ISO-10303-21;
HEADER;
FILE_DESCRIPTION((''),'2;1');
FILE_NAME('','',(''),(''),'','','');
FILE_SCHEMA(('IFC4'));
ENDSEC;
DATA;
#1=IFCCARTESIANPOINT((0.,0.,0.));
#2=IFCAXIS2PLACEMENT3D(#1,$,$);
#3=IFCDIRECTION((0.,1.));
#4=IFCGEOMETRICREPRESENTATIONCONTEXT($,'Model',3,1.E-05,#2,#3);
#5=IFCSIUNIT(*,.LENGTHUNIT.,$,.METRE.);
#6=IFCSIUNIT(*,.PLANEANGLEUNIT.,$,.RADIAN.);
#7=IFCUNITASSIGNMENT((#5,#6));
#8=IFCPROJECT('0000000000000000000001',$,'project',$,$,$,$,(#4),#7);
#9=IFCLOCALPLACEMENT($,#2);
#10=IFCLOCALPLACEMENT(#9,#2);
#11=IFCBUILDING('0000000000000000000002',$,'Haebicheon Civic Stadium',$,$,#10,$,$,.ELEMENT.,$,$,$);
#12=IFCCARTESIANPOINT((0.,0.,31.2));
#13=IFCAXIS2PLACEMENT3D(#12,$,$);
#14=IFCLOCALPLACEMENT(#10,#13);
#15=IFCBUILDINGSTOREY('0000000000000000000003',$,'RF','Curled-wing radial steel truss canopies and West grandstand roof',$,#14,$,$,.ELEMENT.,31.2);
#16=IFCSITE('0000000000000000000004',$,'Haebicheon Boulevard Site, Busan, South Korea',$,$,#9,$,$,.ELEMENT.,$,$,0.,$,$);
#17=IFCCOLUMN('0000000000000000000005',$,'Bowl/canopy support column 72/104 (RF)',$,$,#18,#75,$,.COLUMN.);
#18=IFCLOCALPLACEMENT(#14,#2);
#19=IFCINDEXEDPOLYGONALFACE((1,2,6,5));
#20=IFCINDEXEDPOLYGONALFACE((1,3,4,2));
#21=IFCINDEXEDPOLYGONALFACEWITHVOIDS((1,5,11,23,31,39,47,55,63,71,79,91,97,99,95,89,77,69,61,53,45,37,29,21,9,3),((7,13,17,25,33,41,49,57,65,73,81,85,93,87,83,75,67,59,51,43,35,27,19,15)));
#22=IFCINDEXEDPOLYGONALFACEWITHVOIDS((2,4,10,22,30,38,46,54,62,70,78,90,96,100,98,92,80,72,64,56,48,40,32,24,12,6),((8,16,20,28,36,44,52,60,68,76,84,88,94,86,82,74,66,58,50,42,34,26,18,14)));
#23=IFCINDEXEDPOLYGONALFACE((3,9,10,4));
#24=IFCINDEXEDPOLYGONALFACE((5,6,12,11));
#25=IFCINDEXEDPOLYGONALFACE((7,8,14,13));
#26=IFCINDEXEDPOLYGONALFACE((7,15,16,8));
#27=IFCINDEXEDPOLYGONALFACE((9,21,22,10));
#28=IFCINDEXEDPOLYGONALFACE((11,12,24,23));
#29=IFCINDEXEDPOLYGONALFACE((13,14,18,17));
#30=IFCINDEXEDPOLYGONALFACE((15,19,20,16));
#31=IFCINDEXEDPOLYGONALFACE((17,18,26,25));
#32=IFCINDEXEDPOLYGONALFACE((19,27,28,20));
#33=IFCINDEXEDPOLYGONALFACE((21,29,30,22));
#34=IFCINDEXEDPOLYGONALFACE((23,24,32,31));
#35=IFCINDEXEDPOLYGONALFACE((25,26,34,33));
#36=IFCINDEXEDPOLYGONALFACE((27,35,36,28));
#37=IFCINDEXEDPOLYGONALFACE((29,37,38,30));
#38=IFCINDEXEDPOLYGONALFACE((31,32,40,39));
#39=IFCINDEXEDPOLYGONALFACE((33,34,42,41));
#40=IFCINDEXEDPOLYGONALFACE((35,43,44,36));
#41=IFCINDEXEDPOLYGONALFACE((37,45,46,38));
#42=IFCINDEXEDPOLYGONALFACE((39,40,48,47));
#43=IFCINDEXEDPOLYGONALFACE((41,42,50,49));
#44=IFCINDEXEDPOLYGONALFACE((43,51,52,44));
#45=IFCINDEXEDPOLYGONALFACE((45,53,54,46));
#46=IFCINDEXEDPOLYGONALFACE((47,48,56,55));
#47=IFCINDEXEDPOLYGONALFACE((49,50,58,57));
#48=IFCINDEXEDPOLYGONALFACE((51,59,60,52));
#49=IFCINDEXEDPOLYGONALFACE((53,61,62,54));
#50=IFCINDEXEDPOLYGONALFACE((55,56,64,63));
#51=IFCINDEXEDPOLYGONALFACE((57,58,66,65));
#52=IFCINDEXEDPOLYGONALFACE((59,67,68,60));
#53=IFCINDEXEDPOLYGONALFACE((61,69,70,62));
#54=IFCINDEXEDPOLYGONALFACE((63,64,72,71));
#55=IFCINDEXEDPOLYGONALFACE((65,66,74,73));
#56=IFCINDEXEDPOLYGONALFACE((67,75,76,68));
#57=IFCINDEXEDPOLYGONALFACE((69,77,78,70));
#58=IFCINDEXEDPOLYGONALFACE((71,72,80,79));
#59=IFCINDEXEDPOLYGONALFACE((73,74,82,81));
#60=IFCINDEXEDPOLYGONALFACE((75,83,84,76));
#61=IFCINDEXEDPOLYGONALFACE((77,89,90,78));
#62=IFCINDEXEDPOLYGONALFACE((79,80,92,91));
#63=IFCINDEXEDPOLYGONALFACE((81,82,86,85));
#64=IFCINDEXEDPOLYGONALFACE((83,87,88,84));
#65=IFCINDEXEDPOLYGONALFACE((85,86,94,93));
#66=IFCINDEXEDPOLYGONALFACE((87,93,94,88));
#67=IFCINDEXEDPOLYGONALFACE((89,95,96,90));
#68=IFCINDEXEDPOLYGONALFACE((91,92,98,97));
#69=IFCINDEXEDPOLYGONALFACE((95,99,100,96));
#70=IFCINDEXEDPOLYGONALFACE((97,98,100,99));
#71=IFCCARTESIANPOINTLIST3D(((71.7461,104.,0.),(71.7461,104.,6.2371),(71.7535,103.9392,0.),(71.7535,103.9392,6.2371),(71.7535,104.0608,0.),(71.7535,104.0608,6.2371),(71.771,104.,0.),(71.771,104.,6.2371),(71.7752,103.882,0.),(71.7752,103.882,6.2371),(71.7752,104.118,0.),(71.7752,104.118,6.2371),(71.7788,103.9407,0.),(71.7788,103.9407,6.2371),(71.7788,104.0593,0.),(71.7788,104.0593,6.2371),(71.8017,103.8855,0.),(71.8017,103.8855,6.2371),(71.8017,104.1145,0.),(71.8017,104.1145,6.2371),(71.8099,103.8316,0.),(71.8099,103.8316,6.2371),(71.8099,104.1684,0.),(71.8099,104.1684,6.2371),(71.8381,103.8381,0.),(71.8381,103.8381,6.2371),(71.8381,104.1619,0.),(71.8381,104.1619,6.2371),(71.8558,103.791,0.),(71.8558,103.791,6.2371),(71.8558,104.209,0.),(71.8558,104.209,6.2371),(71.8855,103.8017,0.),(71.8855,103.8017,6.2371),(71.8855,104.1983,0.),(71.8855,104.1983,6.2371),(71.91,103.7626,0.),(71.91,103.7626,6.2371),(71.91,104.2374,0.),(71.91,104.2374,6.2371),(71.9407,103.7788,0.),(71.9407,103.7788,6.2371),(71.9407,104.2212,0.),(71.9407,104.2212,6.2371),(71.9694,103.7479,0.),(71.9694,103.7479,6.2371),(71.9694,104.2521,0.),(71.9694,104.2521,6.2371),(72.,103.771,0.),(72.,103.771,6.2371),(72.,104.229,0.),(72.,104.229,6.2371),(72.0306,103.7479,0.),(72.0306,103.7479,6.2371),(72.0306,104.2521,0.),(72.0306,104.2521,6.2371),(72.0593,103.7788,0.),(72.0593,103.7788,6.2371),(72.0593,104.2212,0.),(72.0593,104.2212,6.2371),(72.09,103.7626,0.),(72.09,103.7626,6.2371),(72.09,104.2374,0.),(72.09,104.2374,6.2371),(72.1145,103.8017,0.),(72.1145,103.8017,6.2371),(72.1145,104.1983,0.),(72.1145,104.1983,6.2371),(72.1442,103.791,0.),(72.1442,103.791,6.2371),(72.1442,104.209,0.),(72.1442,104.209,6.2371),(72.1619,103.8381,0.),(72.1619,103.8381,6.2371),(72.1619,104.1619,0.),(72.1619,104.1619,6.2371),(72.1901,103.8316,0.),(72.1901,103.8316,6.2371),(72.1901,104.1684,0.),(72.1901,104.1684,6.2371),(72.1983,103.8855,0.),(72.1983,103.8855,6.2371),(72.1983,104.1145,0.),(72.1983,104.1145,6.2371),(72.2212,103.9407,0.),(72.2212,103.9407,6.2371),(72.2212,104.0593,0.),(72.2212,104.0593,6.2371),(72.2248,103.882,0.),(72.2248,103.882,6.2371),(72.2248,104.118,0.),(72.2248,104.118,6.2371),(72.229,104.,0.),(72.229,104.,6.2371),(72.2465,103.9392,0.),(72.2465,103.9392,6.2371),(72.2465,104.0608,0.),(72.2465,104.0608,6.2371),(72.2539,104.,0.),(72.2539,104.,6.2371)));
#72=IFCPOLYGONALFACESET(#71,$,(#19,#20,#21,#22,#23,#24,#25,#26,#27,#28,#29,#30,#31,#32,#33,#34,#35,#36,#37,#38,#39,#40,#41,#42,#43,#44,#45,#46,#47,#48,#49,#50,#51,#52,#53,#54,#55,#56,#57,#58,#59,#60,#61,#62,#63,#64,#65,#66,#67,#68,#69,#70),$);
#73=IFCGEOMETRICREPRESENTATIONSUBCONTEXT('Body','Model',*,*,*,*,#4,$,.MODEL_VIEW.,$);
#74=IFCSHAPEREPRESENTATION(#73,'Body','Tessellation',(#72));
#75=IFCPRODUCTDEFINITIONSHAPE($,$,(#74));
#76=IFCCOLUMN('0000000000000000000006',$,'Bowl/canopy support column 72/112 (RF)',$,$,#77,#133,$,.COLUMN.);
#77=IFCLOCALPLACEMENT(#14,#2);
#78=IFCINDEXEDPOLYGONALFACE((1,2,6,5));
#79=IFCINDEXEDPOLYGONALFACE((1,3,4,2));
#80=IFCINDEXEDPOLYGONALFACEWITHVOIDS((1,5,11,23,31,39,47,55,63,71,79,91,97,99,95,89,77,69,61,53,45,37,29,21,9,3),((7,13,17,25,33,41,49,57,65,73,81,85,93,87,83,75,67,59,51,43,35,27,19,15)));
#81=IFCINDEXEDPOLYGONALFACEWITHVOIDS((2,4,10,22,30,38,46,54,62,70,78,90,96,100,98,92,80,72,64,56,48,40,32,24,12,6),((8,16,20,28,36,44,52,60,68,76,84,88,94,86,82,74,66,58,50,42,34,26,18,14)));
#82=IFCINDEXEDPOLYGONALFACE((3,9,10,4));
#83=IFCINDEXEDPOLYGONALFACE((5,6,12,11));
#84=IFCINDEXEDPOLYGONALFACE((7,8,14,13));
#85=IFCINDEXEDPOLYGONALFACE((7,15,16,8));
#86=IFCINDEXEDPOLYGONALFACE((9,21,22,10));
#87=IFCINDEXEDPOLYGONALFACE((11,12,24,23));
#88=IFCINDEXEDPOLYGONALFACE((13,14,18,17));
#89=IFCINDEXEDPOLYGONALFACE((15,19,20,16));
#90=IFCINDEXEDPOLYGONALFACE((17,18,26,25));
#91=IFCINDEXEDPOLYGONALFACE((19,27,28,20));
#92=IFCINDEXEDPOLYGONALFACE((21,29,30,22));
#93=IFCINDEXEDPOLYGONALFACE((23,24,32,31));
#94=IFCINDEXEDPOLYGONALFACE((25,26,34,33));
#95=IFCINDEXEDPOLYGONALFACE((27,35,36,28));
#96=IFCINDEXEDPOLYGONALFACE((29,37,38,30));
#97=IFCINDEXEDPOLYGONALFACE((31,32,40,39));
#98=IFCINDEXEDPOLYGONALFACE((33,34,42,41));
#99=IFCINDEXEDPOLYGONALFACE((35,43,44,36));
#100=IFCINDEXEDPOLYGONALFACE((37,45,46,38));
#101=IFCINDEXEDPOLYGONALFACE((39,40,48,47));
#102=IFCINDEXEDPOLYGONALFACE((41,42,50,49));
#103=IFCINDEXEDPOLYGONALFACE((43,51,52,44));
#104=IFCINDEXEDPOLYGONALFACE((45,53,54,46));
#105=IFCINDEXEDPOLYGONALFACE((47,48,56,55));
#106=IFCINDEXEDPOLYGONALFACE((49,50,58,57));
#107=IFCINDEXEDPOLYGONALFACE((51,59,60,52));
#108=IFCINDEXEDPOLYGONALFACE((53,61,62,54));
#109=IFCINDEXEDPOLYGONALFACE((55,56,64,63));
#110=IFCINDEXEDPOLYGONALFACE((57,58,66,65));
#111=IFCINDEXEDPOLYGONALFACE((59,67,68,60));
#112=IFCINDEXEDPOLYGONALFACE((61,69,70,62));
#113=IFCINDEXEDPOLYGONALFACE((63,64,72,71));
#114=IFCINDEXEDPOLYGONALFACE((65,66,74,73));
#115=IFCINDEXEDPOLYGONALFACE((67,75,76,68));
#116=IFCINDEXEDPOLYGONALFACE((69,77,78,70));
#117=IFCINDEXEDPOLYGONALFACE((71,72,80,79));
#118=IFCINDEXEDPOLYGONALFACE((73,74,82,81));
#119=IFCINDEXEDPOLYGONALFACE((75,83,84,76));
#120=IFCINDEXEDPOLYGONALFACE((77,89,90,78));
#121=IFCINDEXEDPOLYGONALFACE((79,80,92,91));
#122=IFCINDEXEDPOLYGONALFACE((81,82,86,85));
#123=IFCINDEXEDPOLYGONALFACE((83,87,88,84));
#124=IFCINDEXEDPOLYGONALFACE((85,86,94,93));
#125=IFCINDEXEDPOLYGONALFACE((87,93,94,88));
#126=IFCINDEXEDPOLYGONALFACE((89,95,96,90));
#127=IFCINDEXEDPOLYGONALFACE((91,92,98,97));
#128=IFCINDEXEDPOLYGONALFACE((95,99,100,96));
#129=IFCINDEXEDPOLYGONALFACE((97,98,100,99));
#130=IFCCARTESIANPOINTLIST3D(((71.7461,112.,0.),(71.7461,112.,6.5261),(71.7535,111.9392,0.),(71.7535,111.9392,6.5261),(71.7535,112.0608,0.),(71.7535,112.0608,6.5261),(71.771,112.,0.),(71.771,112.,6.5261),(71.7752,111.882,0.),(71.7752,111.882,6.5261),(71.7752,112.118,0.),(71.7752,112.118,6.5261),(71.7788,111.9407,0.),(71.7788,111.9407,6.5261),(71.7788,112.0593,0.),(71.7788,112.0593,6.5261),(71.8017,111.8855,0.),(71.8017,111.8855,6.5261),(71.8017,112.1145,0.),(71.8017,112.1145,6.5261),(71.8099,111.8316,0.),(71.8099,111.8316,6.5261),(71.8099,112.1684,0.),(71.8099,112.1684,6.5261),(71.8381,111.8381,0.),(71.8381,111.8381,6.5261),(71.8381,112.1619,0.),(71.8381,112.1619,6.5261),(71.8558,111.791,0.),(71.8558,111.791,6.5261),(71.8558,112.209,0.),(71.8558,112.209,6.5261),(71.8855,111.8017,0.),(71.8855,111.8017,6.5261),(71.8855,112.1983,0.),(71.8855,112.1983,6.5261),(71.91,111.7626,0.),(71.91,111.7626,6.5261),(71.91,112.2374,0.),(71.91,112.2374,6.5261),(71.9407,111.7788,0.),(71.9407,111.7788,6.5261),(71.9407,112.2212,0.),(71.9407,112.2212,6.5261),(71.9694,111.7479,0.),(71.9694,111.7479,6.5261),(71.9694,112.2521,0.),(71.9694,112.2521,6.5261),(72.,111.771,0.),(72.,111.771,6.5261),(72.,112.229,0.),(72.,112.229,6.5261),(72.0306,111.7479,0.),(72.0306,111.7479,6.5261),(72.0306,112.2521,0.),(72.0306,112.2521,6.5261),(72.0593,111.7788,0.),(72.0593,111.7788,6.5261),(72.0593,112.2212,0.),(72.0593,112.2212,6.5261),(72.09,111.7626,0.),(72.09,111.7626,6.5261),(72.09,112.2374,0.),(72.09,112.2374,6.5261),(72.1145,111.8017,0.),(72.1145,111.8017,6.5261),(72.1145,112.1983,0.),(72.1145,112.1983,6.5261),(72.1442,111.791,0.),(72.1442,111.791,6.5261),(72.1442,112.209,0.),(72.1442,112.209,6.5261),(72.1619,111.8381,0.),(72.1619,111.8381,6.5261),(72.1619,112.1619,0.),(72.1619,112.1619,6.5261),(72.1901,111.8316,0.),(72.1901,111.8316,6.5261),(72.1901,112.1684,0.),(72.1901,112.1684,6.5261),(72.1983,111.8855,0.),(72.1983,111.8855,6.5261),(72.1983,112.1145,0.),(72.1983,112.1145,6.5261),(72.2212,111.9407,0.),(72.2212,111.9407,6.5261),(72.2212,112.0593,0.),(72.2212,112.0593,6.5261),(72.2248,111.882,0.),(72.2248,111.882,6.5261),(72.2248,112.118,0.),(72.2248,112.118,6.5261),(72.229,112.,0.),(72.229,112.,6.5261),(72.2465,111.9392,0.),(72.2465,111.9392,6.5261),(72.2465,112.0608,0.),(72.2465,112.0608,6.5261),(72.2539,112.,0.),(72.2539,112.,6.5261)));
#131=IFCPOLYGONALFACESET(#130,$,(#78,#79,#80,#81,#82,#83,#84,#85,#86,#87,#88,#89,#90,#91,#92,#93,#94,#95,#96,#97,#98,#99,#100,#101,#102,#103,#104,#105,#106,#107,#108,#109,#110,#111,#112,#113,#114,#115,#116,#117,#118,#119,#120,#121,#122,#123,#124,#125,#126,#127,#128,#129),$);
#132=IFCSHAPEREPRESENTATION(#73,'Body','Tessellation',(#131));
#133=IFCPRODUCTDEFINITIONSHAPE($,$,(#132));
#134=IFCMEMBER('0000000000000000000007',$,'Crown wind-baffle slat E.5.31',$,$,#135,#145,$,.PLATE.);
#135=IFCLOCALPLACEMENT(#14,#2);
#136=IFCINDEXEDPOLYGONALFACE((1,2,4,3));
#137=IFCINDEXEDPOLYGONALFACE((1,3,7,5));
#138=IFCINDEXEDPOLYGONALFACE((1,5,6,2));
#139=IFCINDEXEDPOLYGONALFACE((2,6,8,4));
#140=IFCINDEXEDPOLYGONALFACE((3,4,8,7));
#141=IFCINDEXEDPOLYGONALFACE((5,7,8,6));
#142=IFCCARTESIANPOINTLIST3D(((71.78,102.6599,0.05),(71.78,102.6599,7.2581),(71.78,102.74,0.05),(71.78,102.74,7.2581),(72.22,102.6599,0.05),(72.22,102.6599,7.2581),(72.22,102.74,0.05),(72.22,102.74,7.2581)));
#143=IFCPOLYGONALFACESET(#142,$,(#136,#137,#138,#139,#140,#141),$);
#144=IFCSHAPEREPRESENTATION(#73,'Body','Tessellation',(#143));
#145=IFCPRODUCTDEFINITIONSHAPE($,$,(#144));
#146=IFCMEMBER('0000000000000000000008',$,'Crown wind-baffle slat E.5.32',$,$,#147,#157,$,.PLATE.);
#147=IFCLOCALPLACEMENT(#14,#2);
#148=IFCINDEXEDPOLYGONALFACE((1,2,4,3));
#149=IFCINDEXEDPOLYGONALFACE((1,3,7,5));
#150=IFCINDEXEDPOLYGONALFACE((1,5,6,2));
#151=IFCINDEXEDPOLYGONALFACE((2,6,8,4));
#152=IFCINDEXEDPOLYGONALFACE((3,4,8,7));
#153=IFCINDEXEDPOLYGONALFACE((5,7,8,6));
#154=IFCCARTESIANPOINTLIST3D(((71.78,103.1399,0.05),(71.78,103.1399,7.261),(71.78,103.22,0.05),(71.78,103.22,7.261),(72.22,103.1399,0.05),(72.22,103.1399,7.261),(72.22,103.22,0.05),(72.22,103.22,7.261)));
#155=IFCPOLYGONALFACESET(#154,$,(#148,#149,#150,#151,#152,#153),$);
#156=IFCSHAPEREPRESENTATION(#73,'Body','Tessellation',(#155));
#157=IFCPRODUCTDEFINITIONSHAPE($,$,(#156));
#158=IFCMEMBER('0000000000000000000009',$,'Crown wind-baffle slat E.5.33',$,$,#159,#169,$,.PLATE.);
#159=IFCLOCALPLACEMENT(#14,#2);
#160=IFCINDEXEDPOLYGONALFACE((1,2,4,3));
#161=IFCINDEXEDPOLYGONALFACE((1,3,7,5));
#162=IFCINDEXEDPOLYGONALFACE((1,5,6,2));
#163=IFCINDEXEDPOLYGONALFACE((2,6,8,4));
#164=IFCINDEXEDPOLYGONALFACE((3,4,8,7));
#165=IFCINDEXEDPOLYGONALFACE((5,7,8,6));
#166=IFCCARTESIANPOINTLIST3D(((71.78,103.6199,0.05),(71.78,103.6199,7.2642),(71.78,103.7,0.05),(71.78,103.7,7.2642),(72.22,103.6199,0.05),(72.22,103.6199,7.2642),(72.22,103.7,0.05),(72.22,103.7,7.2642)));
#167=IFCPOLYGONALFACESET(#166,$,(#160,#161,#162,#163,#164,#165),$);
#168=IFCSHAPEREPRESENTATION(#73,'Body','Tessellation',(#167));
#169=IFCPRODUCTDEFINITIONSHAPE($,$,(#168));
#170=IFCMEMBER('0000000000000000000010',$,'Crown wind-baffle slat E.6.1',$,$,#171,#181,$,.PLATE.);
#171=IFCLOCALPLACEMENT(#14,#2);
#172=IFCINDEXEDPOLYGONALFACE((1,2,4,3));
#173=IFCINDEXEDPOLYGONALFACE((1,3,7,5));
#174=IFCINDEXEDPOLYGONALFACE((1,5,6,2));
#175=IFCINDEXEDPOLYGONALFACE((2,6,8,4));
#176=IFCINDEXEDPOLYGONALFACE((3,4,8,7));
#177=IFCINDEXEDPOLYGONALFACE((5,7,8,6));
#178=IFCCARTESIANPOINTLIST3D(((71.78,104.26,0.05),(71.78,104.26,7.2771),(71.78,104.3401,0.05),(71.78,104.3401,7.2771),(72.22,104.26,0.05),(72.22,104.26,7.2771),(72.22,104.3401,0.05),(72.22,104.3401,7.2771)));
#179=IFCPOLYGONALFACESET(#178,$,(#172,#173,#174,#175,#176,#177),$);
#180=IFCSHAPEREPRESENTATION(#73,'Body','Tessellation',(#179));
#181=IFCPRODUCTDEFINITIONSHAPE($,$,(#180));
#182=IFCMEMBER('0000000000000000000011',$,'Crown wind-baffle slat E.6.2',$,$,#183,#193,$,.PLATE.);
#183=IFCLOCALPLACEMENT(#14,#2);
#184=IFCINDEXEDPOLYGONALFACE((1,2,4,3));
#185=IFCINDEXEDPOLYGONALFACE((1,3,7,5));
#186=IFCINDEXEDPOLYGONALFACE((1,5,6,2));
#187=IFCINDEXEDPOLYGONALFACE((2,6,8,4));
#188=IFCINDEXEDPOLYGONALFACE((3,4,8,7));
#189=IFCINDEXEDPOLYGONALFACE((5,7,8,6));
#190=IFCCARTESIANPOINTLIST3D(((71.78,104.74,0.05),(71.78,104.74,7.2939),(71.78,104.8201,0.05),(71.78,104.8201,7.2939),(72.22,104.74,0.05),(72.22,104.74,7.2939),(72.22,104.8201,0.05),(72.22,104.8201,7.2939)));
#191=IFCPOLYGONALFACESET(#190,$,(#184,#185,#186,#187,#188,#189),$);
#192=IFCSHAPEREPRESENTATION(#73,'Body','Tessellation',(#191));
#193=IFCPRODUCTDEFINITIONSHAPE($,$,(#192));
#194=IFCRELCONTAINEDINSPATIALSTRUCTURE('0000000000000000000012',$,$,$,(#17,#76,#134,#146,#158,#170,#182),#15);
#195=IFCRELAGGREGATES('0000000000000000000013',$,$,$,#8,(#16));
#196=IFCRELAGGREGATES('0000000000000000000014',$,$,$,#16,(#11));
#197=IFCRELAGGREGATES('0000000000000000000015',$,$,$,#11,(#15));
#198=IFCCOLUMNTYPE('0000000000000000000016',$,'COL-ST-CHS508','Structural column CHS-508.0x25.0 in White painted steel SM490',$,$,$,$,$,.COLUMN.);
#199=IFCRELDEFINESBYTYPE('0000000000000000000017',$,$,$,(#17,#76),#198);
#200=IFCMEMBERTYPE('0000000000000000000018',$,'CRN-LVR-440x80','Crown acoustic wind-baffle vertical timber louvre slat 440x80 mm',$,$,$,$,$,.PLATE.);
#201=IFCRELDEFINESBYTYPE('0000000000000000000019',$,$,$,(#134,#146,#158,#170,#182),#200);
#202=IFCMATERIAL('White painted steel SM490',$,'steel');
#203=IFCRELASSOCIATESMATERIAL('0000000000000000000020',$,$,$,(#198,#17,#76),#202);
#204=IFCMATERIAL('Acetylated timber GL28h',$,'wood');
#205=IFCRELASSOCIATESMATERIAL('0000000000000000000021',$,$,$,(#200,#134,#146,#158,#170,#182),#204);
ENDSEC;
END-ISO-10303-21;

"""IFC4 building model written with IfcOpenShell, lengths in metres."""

from ifc_helpers import new_model, si_unit, direction, frame, origin, origin_2d, place, context, subcontext, project, spatial, rectangle, hollow_circle, extrude, material, material_profile, profile_set, type_object, element, save


model = new_model("IFC4")

# Units and contexts
model_context = context("Model", 3, precision=1e-05, world=origin(), true_north=direction((0.0, 1.0)))
body_context = subcontext(model_context, "Body", "Model", "MODEL_VIEW")
ifc_project = project(units=[si_unit("LENGTHUNIT", "METRE"), si_unit("PLANEANGLEUNIT", "RADIAN")], contexts=[model_context])

# Site, building, storey
site_placement = place(None, origin())
site = spatial("IfcSite", under=ifc_project, at=site_placement, Name="Haebicheon Boulevard Site, Busan, South Korea", CompositionType="ELEMENT", RefElevation=0.0)
building_placement = place(site_placement, origin())
building = spatial("IfcBuilding", under=site, at=building_placement, Name="Haebicheon Civic Stadium", CompositionType="ELEMENT")
storey_placement = place(building_placement, frame((0.0, 0.0, 31.2)))
storey = spatial("IfcBuildingStorey", under=building, at=storey_placement, Name="RF", Description="Curled-wing radial steel truss canopies and West grandstand roof", CompositionType="ELEMENT", Elevation=31.2)

# Columns
ifc_material_1 = material(Name="White painted steel SM490", Category="steel")
ifc_material_profile_1 = material_profile(ifc_material_1, hollow_circle(Radius=0.2539, WallThickness=0.0249, at=origin_2d()), Name="CHS-508.0x25.0")
ifc_profile_set_1 = profile_set([ifc_material_profile_1], Name="White painted steel SM490")
column_type = type_object("IfcColumnType", Name="COL-ST-CHS508", Description="Structural column CHS-508.0x25.0 in White painted steel SM490", PredefinedType="COLUMN", material=ifc_profile_set_1)
column_1_placement = place(storey_placement, frame((72.0, 104.0, 0.0), z_axis=(0.0, 0.0, 1.0), x_axis=(1.0, 0.0, 0.0)))
element("IfcColumn", 1, at=column_1_placement, inside=storey, type_object=column_type, material=ifc_profile_set_1, Name="Bowl/canopy support column 72/104 (RF)", PredefinedType="COLUMN", context=body_context, shape_type="SweptSolid", body=[
    extrude(hollow_circle(Radius=0.2539, WallThickness=0.0249, at=origin_2d()), origin(), (0.0, 0.0, 1.0), 6.2371),
])
column_2_placement = place(storey_placement, frame((72.0, 112.0, 0.0), z_axis=(0.0, 0.0, 1.0), x_axis=(1.0, 0.0, 0.0)))
element("IfcColumn", 2, at=column_2_placement, inside=storey, type_object=column_type, material=ifc_profile_set_1, Name="Bowl/canopy support column 72/112 (RF)", PredefinedType="COLUMN", context=body_context, shape_type="SweptSolid", body=[
    extrude(hollow_circle(Radius=0.2539, WallThickness=0.0249, at=origin_2d()), origin(), (0.0, 0.0, 1.0), 6.5261),
])

# Members
ifc_material_2 = material(Name="Acetylated timber GL28h", Category="wood")
ifc_material_profile_2 = material_profile(ifc_material_2, rectangle(XDim=0.0801, YDim=0.4399, at=origin_2d()), Name="TMB-LOUV-80x440")
ifc_profile_set_2 = profile_set([ifc_material_profile_2], Name="Acetylated timber GL28h")
member_type_1 = type_object("IfcMemberType", Name="CRN-LVR-440x80", Description="Crown acoustic wind-baffle vertical timber louvre slat 440x80 mm", PredefinedType="PLATE", material=ifc_profile_set_2)
member_1_placement = place(storey_placement, frame((72.0, 102.7, 0.05), z_axis=(0.0, 0.0, 1.0), x_axis=(0.0, 1.0, 0.0)))
element("IfcMember", 3, at=member_1_placement, inside=storey, type_object=member_type_1, material=ifc_profile_set_2, Name="Crown wind-baffle slat E.5.31", PredefinedType="PLATE", context=body_context, shape_type="SweptSolid", body=[
    extrude(rectangle(XDim=0.0801, YDim=0.4399, at=origin_2d()), origin(), (0.0, 0.0, 1.0), 7.208),
])
member_2_placement = place(storey_placement, frame((72.0, 103.1799, 0.05), z_axis=(0.0, 0.0, 1.0), x_axis=(0.0, 1.0, 0.0)))
element("IfcMember", 4, at=member_2_placement, inside=storey, type_object=member_type_1, material=ifc_profile_set_2, Name="Crown wind-baffle slat E.5.32", PredefinedType="PLATE", context=body_context, shape_type="SweptSolid", body=[
    extrude(rectangle(XDim=0.0801, YDim=0.4399, at=origin_2d()), origin(), (0.0, 0.0, 1.0), 7.2109),
])
member_3_placement = place(storey_placement, frame((72.0, 103.6599, 0.05), z_axis=(0.0, 0.0, 1.0), x_axis=(0.0, 1.0, 0.0)))
element("IfcMember", 5, at=member_3_placement, inside=storey, type_object=member_type_1, material=ifc_profile_set_2, Name="Crown wind-baffle slat E.5.33", PredefinedType="PLATE", context=body_context, shape_type="SweptSolid", body=[
    extrude(rectangle(XDim=0.0801, YDim=0.4399, at=origin_2d()), origin(), (0.0, 0.0, 1.0), 7.2141),
])
member_4_placement = place(storey_placement, frame((72.0, 104.3, 0.05), z_axis=(0.0, 0.0, 1.0), x_axis=(0.0, 1.0, 0.0)))
element("IfcMember", 6, at=member_4_placement, inside=storey, type_object=member_type_1, material=ifc_profile_set_2, Name="Crown wind-baffle slat E.6.1", PredefinedType="PLATE", context=body_context, shape_type="SweptSolid", body=[
    extrude(rectangle(XDim=0.0801, YDim=0.4399, at=origin_2d()), origin(), (0.0, 0.0, 1.0), 7.2271),
])
member_5_placement = place(storey_placement, frame((72.0, 104.78, 0.05), z_axis=(0.0, 0.0, 1.0), x_axis=(0.0, 1.0, 0.0)))
element("IfcMember", 7, at=member_5_placement, inside=storey, type_object=member_type_1, material=ifc_profile_set_2, Name="Crown wind-baffle slat E.6.2", PredefinedType="PLATE", context=body_context, shape_type="SweptSolid", body=[
    extrude(rectangle(XDim=0.0801, YDim=0.4399, at=origin_2d()), origin(), (0.0, 0.0, 1.0), 7.2439),
])

save(model, "model.ifc")
